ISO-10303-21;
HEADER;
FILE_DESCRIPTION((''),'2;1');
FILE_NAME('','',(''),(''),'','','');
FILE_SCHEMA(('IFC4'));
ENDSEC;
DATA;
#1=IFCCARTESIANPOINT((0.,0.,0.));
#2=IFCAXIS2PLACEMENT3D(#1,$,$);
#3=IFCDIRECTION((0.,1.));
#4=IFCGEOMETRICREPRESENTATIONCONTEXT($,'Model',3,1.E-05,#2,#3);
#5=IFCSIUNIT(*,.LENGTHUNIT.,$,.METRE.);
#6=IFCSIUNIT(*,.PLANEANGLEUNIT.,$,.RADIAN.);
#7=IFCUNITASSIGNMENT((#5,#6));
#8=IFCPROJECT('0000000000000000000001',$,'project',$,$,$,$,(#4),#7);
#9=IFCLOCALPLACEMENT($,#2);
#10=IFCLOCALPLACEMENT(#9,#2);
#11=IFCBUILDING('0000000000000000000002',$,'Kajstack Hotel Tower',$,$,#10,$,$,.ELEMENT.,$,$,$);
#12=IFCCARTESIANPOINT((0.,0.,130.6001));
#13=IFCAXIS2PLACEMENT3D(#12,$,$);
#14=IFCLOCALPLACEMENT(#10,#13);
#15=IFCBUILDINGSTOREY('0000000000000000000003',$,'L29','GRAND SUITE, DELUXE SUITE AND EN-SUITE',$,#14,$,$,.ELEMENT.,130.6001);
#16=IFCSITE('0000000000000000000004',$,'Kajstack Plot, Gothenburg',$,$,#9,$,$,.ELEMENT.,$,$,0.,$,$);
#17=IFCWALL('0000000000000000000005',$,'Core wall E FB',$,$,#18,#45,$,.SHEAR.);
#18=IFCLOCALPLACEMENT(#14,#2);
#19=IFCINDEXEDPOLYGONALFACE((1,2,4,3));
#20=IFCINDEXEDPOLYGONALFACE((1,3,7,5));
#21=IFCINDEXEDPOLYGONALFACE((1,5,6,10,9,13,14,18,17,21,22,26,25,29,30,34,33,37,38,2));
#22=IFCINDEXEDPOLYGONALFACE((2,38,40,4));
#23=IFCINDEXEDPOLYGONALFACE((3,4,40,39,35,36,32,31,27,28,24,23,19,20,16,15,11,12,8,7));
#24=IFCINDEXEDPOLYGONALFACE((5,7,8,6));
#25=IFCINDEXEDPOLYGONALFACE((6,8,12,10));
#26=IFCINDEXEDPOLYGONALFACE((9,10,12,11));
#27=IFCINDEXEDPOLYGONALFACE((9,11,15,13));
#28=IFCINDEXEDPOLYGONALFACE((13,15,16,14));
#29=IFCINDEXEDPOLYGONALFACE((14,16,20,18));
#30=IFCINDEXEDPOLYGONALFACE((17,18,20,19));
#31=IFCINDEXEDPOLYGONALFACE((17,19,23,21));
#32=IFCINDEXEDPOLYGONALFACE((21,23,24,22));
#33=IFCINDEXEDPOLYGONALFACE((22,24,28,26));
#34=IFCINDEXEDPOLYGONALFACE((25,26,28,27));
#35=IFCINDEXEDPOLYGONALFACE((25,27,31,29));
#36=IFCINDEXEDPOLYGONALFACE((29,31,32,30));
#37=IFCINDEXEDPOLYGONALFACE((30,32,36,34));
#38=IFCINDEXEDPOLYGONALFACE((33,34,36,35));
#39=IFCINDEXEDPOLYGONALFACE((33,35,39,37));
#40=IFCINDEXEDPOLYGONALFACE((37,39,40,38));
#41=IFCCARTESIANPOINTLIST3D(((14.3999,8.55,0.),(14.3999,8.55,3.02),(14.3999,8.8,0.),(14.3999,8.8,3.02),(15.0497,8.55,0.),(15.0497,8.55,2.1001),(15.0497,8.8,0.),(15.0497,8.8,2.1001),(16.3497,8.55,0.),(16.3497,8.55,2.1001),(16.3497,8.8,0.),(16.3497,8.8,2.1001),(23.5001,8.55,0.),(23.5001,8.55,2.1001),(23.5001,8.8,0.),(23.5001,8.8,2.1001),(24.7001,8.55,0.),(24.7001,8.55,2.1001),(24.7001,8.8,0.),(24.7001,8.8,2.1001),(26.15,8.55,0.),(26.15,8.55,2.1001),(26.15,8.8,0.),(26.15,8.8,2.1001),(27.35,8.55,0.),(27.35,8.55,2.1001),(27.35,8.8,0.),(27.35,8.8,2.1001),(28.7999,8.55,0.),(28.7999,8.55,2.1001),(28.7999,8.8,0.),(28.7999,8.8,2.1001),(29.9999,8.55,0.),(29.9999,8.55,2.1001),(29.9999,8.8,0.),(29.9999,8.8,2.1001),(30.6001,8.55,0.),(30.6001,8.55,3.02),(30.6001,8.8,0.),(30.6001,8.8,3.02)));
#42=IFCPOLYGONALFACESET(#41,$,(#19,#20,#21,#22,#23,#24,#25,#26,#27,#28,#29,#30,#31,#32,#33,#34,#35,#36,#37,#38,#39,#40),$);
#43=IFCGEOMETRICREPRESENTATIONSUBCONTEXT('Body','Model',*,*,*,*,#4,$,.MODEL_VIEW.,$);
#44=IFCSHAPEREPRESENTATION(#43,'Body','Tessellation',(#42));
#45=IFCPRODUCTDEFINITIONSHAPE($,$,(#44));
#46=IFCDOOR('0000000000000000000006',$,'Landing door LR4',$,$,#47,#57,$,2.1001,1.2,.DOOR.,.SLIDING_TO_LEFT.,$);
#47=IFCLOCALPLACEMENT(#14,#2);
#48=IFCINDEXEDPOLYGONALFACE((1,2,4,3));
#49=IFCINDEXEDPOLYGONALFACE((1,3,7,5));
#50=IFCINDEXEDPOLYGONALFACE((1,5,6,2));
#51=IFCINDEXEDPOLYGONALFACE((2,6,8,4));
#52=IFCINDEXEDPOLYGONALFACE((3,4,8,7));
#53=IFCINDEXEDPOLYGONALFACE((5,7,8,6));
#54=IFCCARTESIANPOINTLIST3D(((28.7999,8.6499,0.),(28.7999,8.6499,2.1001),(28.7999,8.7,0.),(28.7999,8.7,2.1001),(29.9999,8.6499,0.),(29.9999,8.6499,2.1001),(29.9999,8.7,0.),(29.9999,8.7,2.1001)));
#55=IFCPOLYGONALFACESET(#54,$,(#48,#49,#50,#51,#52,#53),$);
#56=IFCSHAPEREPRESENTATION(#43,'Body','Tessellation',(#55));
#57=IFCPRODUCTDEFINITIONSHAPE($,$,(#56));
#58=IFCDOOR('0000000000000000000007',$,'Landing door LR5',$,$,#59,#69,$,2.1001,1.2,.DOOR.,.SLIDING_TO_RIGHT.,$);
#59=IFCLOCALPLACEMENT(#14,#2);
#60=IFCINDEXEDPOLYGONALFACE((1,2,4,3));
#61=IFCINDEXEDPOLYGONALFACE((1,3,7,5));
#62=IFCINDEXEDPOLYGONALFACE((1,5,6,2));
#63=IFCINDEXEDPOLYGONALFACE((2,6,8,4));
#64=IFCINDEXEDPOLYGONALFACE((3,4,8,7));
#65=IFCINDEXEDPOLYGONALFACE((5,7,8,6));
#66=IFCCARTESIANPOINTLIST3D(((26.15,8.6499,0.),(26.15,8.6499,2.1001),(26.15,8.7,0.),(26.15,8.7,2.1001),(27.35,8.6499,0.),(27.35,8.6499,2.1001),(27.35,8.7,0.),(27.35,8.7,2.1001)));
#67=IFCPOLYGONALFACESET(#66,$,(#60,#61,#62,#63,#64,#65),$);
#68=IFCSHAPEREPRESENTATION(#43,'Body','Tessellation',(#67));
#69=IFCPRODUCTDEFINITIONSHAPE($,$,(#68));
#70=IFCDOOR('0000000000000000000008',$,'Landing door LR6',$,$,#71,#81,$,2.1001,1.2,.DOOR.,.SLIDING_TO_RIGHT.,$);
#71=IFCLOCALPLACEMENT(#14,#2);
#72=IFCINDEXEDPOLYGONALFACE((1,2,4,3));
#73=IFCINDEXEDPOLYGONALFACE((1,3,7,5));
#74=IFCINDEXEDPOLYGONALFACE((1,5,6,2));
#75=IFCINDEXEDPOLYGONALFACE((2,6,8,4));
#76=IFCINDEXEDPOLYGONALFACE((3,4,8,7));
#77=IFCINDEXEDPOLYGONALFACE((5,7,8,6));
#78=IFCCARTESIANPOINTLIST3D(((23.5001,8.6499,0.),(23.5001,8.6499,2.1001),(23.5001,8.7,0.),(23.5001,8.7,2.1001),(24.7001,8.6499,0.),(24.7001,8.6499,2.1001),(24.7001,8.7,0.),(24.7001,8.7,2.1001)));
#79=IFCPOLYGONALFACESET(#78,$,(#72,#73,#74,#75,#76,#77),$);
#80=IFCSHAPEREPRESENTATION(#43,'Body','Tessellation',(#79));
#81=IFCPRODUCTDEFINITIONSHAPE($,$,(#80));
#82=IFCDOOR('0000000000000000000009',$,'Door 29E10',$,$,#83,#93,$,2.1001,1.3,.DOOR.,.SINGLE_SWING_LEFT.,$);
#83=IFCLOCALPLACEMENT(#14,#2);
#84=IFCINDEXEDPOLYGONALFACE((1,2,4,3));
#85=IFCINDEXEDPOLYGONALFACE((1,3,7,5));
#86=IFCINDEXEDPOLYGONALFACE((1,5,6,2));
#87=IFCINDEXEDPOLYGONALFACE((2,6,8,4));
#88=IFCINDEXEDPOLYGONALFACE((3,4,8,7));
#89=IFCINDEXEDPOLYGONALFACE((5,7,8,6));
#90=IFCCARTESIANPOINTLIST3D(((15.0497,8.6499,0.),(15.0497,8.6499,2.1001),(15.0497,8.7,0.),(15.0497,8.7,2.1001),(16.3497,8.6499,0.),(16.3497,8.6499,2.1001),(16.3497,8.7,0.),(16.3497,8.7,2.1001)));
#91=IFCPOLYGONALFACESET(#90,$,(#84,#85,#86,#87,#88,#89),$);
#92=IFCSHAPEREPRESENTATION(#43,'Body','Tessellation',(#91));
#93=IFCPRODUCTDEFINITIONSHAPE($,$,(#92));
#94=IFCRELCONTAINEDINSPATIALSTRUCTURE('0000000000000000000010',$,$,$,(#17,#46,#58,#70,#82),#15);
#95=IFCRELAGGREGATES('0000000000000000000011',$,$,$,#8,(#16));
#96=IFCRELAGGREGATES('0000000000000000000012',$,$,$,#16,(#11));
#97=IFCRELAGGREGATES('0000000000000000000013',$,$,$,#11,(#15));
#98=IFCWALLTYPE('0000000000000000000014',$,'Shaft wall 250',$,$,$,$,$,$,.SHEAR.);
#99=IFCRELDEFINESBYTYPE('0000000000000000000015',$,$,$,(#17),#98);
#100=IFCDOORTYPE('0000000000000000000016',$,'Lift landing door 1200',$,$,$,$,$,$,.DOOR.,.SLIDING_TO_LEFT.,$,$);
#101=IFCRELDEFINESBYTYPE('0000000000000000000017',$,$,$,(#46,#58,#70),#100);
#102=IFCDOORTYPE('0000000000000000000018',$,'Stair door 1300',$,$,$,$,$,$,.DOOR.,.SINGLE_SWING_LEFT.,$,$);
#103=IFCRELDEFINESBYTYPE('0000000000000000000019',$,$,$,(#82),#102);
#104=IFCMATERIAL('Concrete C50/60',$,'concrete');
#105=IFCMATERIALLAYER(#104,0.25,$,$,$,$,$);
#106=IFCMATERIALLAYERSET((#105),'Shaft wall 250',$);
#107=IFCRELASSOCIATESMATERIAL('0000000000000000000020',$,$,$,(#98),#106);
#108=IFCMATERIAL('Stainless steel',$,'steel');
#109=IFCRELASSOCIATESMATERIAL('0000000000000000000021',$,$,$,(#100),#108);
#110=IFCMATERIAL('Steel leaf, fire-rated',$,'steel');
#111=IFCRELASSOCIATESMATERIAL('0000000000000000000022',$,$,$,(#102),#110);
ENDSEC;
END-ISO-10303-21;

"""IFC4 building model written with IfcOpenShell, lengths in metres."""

from ifc_helpers import new_model, si_unit, direction, frame, frame_2d, origin, place, context, subcontext, project, spatial, rectangle, extrude, material, layer, layer_set, type_object, element, fill, save


model = new_model("IFC4")

# Units and contexts
model_context = context("Model", 3, precision=1e-05, world=origin(), true_north=direction((0.0, 1.0)))
body_context = subcontext(model_context, "Body", "Model", "MODEL_VIEW")
ifc_project = project(units=[si_unit("LENGTHUNIT", "METRE"), si_unit("PLANEANGLEUNIT", "RADIAN")], contexts=[model_context])

# Site, building, storey
site_placement = place(None, origin())
site = spatial("IfcSite", under=ifc_project, at=site_placement, Name="Kajstack Plot, Gothenburg", CompositionType="ELEMENT", RefElevation=0.0)
building_placement = place(site_placement, origin())
building = spatial("IfcBuilding", under=site, at=building_placement, Name="Kajstack Hotel Tower", CompositionType="ELEMENT")
storey_placement = place(building_placement, frame((0.0, 0.0, 130.6001)))
storey = spatial("IfcBuildingStorey", under=building, at=storey_placement, Name="L29", Description="GRAND SUITE, DELUXE SUITE AND EN-SUITE", CompositionType="ELEMENT", Elevation=130.6001)

# Wall, openings, doors
ifc_material_1 = material(Name="Concrete C50/60", Category="concrete")
ifc_layer = layer(ifc_material_1, 0.25)
ifc_layer_set = layer_set([ifc_layer], Name="Shaft wall 250")
wall_type = type_object("IfcWallType", Name="Shaft wall 250", PredefinedType="SHEAR", material=ifc_layer_set)
wall_placement = place(storey_placement, frame((14.3999, 8.675, 0.0), z_axis=(0.0, 0.0, 1.0), x_axis=(1.0, 0.0, 0.0)))
wall = element("IfcWall", 1, at=wall_placement, inside=storey, type_object=wall_type, Name="Core wall E FB", PredefinedType="SHEAR", context=body_context, shape_type="SweptSolid", body=[
    extrude(rectangle(XDim=16.2002, YDim=0.25, at=frame_2d((8.1001, 0.0))), origin(), (0.0, 0.0, 1.0), 3.02),
])
opening_1_placement = place(wall_placement, frame((14.3999, 0.0, 0.0)))
opening_1 = element("IfcOpeningElement", 2, at=opening_1_placement, cuts=wall, PredefinedType="OPENING", context=body_context, shape_type="SweptSolid", body=[
    extrude(rectangle(XDim=1.2, YDim=2.1001, at=frame_2d((0.6001, 1.05))), frame((0.0, 0.135, 0.0), z_axis=(0.0, -1.0, 0.0), x_axis=(1.0, 0.0, 0.0)), (0.0, 0.0, 1.0), 0.27),
])
opening_2_placement = place(wall_placement, frame((11.75, 0.0, 0.0)))
opening_2 = element("IfcOpeningElement", 3, at=opening_2_placement, cuts=wall, PredefinedType="OPENING", context=body_context, shape_type="SweptSolid", body=[
    extrude(rectangle(XDim=1.2, YDim=2.1001, at=frame_2d((0.6001, 1.05))), frame((0.0, 0.135, 0.0), z_axis=(0.0, -1.0, 0.0), x_axis=(1.0, 0.0, 0.0)), (0.0, 0.0, 1.0), 0.27),
])
opening_3_placement = place(wall_placement, frame((9.1001, 0.0, 0.0)))
opening_3 = element("IfcOpeningElement", 4, at=opening_3_placement, cuts=wall, PredefinedType="OPENING", context=body_context, shape_type="SweptSolid", body=[
    extrude(rectangle(XDim=1.2, YDim=2.1001, at=frame_2d((0.6001, 1.05))), frame((0.0, 0.135, 0.0), z_axis=(0.0, -1.0, 0.0), x_axis=(1.0, 0.0, 0.0)), (0.0, 0.0, 1.0), 0.27),
])
opening_4_placement = place(wall_placement, frame((0.6499, 0.0, 0.0)))
opening_4 = element("IfcOpeningElement", 5, at=opening_4_placement, cuts=wall, PredefinedType="OPENING", context=body_context, shape_type="SweptSolid", body=[
    extrude(rectangle(XDim=1.3, YDim=2.1001, at=frame_2d((0.6499, 1.05))), frame((0.0, 0.135, 0.0), z_axis=(0.0, -1.0, 0.0), x_axis=(1.0, 0.0, 0.0)), (0.0, 0.0, 1.0), 0.27),
])
ifc_material_2 = material(Name="Stainless steel", Category="steel")
door_type_1 = type_object("IfcDoorType", Name="Lift landing door 1200", OperationType="SLIDING_TO_LEFT", PredefinedType="DOOR", material=ifc_material_2)
door_1_placement = place(opening_1_placement, origin())
door_1 = element("IfcDoor", 6, at=door_1_placement, inside=storey, type_object=door_type_1, Name="Landing door LR4", OperationType="SLIDING_TO_LEFT", OverallHeight=2.1001, OverallWidth=1.2, PredefinedType="DOOR", context=body_context, shape_type="SweptSolid", body=[
    extrude(rectangle(XDim=1.2, YDim=2.1001, at=frame_2d((0.6001, 1.05))), frame((0.0, 0.0249, 0.0), z_axis=(0.0, -1.0, 0.0), x_axis=(1.0, 0.0, 0.0)), (0.0, 0.0, 1.0), 0.05),
])
fill(opening_1, door_1)
door_2_placement = place(opening_2_placement, origin())
door_2 = element("IfcDoor", 7, at=door_2_placement, inside=storey, type_object=door_type_1, Name="Landing door LR5", OperationType="SLIDING_TO_RIGHT", OverallHeight=2.1001, OverallWidth=1.2, PredefinedType="DOOR", context=body_context, shape_type="SweptSolid", body=[
    extrude(rectangle(XDim=1.2, YDim=2.1001, at=frame_2d((0.6001, 1.05))), frame((0.0, 0.0249, 0.0), z_axis=(0.0, -1.0, 0.0), x_axis=(1.0, 0.0, 0.0)), (0.0, 0.0, 1.0), 0.05),
])
fill(opening_2, door_2)
door_3_placement = place(opening_3_placement, origin())
door_3 = element("IfcDoor", 8, at=door_3_placement, inside=storey, type_object=door_type_1, Name="Landing door LR6", OperationType="SLIDING_TO_RIGHT", OverallHeight=2.1001, OverallWidth=1.2, PredefinedType="DOOR", context=body_context, shape_type="SweptSolid", body=[
    extrude(rectangle(XDim=1.2, YDim=2.1001, at=frame_2d((0.6001, 1.05))), frame((0.0, 0.0249, 0.0), z_axis=(0.0, -1.0, 0.0), x_axis=(1.0, 0.0, 0.0)), (0.0, 0.0, 1.0), 0.05),
])
fill(opening_3, door_3)
ifc_material_3 = material(Name="Steel leaf, fire-rated", Category="steel")
door_type_2 = type_object("IfcDoorType", Name="Stair door 1300", OperationType="SINGLE_SWING_LEFT", PredefinedType="DOOR", material=ifc_material_3)
door_4_placement = place(opening_4_placement, origin())
door_4 = element("IfcDoor", 9, at=door_4_placement, inside=storey, type_object=door_type_2, Name="Door 29E10", OperationType="SINGLE_SWING_LEFT", OverallHeight=2.1001, OverallWidth=1.3, PredefinedType="DOOR", context=body_context, shape_type="SweptSolid", body=[
    extrude(rectangle(XDim=1.3, YDim=2.1001, at=frame_2d((0.6499, 1.05))), frame((0.0, 0.0249, 0.0), z_axis=(0.0, -1.0, 0.0), x_axis=(1.0, 0.0, 0.0)), (0.0, 0.0, 1.0), 0.05),
])
fill(opening_4, door_4)

save(model, "model.ifc")
